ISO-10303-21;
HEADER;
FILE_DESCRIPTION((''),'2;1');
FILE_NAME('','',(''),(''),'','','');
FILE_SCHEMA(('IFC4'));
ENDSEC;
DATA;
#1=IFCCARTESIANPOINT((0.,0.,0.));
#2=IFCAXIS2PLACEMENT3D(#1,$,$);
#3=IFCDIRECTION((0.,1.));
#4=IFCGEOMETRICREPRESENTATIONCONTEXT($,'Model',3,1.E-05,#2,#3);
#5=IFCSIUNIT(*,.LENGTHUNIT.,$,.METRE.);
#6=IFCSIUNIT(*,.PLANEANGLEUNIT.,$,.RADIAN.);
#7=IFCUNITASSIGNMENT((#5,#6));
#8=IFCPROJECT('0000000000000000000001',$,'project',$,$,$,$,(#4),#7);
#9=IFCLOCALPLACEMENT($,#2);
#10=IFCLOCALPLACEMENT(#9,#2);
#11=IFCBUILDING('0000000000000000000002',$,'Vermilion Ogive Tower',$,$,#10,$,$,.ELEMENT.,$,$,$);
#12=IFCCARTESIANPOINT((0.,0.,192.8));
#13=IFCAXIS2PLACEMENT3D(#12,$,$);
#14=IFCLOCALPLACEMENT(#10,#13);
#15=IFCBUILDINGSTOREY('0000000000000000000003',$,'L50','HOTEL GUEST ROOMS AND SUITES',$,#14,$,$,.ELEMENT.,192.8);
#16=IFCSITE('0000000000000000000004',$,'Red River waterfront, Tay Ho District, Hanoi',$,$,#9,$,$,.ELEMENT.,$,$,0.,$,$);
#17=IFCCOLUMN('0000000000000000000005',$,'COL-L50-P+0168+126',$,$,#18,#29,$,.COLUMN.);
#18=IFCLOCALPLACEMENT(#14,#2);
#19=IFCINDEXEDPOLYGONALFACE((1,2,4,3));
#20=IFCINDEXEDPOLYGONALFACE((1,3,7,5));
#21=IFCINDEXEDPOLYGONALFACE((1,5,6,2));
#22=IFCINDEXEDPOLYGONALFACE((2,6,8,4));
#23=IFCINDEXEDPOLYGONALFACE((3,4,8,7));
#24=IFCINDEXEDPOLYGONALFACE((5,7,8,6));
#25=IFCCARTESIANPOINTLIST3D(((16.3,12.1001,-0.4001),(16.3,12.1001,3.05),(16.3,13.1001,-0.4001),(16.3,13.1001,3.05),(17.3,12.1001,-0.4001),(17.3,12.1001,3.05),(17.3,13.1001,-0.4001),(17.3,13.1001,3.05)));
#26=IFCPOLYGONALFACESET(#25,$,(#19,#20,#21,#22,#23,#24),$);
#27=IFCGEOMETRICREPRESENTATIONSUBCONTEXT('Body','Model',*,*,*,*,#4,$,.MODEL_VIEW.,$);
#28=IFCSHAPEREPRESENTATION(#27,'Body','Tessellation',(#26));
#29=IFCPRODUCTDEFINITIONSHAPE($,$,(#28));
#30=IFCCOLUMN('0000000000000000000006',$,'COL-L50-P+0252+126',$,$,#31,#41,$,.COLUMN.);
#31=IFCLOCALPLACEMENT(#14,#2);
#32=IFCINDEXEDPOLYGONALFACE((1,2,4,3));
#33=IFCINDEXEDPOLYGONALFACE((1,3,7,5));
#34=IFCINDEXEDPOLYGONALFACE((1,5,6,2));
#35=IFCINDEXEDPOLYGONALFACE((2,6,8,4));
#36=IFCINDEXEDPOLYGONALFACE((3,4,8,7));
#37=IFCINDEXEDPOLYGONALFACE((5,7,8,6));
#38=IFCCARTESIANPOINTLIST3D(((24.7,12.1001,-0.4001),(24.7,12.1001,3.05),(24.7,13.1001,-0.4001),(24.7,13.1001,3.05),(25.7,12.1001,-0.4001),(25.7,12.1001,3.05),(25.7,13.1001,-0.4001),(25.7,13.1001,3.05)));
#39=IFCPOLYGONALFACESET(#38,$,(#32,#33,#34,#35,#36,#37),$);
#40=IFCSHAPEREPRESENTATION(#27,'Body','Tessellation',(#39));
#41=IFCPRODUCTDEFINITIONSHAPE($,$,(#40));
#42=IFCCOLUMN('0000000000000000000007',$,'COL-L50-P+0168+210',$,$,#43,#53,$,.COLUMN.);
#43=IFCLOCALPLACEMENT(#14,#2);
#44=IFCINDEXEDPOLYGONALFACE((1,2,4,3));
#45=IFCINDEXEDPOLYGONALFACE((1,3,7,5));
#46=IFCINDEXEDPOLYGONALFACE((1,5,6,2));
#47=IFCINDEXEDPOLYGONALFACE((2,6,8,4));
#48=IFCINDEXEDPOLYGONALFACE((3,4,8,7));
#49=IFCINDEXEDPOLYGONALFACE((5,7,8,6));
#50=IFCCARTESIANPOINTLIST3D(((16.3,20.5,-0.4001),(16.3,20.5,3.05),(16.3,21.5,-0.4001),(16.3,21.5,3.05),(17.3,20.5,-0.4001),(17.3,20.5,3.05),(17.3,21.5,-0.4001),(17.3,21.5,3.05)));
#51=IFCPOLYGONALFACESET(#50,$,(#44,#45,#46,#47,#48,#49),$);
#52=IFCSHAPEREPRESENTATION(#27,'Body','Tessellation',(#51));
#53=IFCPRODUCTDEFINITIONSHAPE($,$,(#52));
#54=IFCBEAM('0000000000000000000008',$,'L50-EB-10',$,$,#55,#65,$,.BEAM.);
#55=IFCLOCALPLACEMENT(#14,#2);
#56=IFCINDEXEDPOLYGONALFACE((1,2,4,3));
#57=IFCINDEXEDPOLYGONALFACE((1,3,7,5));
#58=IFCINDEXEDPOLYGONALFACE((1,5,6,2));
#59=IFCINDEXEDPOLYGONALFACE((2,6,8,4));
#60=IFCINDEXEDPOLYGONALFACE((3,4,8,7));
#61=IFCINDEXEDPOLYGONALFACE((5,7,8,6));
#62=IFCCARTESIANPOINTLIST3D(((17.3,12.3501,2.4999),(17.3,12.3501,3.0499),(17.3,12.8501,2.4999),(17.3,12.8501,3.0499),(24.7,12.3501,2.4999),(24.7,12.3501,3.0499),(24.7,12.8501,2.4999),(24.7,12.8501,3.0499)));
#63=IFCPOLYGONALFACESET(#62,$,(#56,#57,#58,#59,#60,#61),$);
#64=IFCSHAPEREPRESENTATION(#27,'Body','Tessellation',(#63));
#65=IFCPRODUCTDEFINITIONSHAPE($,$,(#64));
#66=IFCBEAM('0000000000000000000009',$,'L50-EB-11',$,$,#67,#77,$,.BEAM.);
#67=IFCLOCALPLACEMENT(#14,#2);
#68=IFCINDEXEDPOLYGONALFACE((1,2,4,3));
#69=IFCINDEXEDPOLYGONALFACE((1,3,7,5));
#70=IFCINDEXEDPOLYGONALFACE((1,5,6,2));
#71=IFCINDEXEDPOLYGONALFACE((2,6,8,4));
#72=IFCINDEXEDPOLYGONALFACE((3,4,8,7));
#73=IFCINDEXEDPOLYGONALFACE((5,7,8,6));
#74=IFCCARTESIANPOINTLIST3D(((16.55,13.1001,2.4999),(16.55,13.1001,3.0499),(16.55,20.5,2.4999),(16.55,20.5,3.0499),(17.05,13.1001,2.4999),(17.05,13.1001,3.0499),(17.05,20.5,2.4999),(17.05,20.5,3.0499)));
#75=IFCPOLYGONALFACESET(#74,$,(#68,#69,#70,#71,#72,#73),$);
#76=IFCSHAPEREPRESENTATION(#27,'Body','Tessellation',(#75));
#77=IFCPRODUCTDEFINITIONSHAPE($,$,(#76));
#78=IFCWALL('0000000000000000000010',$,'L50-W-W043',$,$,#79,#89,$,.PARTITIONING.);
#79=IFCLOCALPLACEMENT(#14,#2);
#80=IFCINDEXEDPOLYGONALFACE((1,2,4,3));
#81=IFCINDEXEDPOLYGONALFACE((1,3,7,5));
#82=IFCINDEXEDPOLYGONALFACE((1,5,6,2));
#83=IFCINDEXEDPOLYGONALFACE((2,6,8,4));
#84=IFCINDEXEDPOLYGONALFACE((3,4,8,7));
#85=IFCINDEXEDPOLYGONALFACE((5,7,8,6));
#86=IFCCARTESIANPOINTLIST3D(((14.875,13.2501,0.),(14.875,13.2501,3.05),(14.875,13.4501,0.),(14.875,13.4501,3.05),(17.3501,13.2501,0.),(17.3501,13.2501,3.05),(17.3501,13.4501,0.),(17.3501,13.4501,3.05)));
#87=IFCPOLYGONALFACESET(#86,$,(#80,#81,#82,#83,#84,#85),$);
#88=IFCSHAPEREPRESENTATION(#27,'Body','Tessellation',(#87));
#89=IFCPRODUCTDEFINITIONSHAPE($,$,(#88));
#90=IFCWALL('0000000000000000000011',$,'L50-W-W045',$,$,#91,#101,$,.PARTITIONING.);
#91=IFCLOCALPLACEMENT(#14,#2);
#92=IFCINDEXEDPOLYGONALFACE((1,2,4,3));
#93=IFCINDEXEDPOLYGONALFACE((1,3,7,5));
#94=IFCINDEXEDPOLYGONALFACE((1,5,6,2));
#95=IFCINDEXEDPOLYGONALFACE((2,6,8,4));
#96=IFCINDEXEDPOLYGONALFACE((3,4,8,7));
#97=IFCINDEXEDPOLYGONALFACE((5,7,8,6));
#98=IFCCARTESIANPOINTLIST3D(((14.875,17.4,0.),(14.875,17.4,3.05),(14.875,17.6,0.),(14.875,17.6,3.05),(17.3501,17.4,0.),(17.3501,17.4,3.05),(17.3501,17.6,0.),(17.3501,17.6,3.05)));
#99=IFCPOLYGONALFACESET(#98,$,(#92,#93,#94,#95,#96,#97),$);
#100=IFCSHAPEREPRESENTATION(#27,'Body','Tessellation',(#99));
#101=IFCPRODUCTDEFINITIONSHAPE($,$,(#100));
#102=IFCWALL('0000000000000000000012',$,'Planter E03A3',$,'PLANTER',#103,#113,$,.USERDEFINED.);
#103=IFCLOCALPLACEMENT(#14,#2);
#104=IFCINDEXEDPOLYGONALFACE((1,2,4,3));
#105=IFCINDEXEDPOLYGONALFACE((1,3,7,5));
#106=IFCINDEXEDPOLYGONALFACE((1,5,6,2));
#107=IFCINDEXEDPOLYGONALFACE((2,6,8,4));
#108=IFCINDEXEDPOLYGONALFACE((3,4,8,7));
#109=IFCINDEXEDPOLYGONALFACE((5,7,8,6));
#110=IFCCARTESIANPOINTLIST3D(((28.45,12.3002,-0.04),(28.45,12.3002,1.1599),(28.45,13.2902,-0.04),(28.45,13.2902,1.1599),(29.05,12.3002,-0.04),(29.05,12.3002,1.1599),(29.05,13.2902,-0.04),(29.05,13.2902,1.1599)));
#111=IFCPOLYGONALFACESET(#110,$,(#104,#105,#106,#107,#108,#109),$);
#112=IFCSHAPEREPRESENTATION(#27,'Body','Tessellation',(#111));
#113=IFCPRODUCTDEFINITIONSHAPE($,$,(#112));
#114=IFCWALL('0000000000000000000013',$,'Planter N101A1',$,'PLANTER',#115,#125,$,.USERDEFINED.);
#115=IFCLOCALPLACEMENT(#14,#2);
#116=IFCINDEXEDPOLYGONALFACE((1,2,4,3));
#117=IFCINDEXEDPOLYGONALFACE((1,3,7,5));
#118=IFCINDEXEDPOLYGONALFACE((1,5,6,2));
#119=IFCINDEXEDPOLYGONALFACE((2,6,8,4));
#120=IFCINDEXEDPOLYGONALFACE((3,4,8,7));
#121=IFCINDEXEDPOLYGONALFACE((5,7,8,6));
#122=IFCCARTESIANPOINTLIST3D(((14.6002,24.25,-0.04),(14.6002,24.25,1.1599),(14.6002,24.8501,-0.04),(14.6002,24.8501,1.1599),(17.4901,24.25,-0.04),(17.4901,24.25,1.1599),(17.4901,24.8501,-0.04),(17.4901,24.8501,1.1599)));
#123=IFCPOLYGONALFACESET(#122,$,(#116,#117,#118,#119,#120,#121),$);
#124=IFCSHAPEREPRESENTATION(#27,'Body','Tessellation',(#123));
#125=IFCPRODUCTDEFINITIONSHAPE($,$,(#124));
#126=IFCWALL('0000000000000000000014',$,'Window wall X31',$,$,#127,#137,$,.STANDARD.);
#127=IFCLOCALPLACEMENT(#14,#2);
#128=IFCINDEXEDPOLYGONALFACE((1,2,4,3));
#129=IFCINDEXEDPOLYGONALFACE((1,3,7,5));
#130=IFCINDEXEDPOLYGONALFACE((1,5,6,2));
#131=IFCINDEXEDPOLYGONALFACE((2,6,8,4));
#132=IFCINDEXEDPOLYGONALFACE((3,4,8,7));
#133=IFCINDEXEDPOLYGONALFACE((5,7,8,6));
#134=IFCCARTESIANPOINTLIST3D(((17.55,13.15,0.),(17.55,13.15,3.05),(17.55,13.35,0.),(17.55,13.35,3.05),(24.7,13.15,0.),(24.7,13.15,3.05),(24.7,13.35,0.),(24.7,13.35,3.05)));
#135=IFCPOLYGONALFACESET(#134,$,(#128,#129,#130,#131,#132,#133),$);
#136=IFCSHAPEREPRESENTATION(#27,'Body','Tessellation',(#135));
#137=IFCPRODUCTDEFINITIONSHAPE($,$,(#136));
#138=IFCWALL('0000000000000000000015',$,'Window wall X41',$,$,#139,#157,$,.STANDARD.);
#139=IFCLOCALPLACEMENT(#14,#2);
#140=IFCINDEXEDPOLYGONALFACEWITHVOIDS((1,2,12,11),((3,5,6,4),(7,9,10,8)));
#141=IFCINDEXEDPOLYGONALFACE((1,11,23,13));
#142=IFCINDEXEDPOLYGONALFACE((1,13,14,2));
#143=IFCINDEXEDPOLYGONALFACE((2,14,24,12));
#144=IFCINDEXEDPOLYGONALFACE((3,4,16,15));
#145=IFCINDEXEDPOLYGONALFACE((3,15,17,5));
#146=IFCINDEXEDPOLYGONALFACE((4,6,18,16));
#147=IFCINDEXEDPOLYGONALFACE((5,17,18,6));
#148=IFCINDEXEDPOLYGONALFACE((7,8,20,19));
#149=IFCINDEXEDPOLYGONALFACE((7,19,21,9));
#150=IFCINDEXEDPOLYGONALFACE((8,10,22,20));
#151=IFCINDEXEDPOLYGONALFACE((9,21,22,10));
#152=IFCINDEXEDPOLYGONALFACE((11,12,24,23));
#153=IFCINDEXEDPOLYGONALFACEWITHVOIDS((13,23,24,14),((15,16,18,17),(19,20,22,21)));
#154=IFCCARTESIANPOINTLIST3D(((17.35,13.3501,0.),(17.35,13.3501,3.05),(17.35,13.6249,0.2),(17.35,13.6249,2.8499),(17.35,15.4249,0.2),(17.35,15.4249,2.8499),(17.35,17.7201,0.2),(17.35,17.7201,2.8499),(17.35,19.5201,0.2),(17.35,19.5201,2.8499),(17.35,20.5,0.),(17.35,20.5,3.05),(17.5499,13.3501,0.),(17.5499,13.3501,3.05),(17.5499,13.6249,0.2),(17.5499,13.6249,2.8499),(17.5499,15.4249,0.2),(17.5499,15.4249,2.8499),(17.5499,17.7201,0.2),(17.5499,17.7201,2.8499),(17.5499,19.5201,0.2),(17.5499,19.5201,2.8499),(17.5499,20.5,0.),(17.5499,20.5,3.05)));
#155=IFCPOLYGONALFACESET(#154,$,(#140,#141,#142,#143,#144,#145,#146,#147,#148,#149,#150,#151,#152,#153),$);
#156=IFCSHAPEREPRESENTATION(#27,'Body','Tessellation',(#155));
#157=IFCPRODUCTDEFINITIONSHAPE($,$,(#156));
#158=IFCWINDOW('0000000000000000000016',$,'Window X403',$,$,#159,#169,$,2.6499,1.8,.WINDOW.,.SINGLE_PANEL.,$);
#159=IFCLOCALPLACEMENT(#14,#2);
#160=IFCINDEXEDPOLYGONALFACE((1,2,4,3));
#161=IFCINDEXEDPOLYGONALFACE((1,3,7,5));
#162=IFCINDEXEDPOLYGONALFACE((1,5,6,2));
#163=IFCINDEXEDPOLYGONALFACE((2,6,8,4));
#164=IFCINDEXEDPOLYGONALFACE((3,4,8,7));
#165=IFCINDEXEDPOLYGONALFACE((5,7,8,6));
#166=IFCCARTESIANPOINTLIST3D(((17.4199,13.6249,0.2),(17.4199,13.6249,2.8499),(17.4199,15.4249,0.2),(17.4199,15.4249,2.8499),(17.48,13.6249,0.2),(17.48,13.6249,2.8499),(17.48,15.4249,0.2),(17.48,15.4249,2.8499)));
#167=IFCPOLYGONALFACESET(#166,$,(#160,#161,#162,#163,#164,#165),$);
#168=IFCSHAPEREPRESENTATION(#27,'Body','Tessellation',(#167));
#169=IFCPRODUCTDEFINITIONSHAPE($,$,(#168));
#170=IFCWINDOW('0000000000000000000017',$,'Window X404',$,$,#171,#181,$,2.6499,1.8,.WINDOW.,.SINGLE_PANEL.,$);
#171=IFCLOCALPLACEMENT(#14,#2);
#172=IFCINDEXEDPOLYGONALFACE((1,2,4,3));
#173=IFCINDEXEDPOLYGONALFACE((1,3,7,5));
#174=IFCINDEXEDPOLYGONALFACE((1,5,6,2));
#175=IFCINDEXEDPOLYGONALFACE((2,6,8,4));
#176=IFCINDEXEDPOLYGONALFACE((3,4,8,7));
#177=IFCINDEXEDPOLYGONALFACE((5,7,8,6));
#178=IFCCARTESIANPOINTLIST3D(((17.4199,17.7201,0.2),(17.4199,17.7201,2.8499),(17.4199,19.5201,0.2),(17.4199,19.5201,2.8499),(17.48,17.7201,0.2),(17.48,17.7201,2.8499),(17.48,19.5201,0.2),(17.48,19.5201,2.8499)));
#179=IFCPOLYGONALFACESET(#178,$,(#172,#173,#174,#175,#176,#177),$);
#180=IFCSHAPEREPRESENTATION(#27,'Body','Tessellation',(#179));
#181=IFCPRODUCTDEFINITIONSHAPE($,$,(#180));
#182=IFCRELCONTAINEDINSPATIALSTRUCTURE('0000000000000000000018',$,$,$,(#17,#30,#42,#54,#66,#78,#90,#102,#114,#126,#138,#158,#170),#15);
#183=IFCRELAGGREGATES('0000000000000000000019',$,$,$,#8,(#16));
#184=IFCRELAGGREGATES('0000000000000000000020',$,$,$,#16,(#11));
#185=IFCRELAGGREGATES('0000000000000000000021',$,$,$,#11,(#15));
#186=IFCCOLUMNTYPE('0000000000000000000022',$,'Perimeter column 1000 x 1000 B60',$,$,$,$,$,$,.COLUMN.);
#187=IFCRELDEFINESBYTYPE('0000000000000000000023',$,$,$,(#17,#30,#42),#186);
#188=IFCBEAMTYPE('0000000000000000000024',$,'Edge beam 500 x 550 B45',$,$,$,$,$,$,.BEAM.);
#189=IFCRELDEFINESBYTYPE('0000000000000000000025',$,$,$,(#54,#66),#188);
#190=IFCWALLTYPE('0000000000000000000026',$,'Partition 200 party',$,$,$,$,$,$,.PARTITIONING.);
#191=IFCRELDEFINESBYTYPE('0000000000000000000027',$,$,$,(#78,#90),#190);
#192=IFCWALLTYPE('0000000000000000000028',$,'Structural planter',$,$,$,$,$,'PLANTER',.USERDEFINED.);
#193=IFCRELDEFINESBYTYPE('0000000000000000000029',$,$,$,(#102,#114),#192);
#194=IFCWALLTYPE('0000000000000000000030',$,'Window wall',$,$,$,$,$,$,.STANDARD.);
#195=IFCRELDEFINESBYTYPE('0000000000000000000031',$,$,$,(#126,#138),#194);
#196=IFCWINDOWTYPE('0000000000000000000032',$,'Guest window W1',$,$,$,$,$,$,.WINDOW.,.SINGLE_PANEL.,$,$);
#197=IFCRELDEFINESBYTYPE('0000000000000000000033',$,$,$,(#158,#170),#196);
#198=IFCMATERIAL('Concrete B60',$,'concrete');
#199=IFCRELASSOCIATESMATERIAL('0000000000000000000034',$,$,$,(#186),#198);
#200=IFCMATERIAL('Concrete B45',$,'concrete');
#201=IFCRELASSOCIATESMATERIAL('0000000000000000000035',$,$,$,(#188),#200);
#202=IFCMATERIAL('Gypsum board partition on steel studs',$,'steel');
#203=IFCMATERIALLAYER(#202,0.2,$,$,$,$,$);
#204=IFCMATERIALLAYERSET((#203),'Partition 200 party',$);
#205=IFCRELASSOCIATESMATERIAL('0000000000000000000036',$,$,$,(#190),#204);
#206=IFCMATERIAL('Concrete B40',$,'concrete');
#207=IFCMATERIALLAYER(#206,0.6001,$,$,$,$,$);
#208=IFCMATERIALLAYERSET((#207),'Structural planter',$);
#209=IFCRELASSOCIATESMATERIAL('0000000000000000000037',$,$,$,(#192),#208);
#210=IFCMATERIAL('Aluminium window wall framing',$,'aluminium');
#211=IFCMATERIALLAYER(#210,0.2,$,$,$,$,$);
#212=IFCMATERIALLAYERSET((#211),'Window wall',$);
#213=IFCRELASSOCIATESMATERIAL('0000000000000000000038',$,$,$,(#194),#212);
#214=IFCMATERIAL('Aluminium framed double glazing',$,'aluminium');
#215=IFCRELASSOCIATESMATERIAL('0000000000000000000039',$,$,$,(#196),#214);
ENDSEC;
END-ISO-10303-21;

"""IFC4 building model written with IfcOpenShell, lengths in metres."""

from ifc_helpers import new_model, si_unit, direction, frame, frame_2d, origin, origin_2d, place, context, subcontext, project, spatial, rectangle, extrude, material, layer, layer_set, material_profile, profile_set, type_object, element, fill, save


model = new_model("IFC4")

# Units and contexts
model_context = context("Model", 3, precision=1e-05, world=origin(), true_north=direction((0.0, 1.0)))
body_context = subcontext(model_context, "Body", "Model", "MODEL_VIEW")
ifc_project = project(units=[si_unit("LENGTHUNIT", "METRE"), si_unit("PLANEANGLEUNIT", "RADIAN")], contexts=[model_context])

# Site, building, storey
site_placement = place(None, origin())
site = spatial("IfcSite", under=ifc_project, at=site_placement, Name="Red River waterfront, Tay Ho District, Hanoi", CompositionType="ELEMENT", RefElevation=0.0)
building_placement = place(site_placement, origin())
building = spatial("IfcBuilding", under=site, at=building_placement, Name="Vermilion Ogive Tower", CompositionType="ELEMENT")
storey_placement = place(building_placement, frame((0.0, 0.0, 192.8)))
storey = spatial("IfcBuildingStorey", under=building, at=storey_placement, Name="L50", Description="HOTEL GUEST ROOMS AND SUITES", CompositionType="ELEMENT", Elevation=192.8)

# Columns
ifc_material_1 = material(Name="Concrete B60", Category="concrete")
ifc_material_profile_1 = material_profile(ifc_material_1, rectangle(XDim=1.0, YDim=1.0, at=origin_2d()), Name="1000 x 1000")
ifc_profile_set_1 = profile_set([ifc_material_profile_1], Name="Concrete B60")
column_type = type_object("IfcColumnType", Name="Perimeter column 1000 x 1000 B60", PredefinedType="COLUMN", material=ifc_profile_set_1)
for number, where, z_axis, x_axis, name in (
    (1, (16.8, 12.6001, -0.4001), (0.0, 0.0, 1.0), (1.0, 0.0, 0.0), "COL-L50-P+0168+126"),
    (2, (25.2, 12.6001, -0.4001), (0.0, 0.0, 1.0), (1.0, 0.0, 0.0), "COL-L50-P+0252+126"),
    (3, (16.8, 21.0, -0.4001), (0.0, 0.0, 1.0), (1.0, 0.0, 0.0), "COL-L50-P+0168+210"),
):
    element("IfcColumn", number, at=place(storey_placement, frame(where, z_axis=z_axis, x_axis=x_axis)), inside=storey, type_object=column_type, Name=name, PredefinedType="COLUMN", context=body_context, shape_type="SweptSolid", body=[
        extrude(rectangle(XDim=1.0, YDim=1.0, at=origin_2d()), origin(), (0.0, 0.0, 1.0), 3.4502),
    ])

# Beams
ifc_material_2 = material(Name="Concrete B45", Category="concrete")
ifc_material_profile_2 = material_profile(ifc_material_2, rectangle(XDim=0.5, YDim=0.55, at=origin_2d()), Name="500 x 550")
ifc_profile_set_2 = profile_set([ifc_material_profile_2], Name="Concrete B45")
beam_type = type_object("IfcBeamType", Name="Edge beam 500 x 550 B45", PredefinedType="BEAM", material=ifc_profile_set_2)
for number, where, z_axis, x_axis, name in (
    (4, (24.7, 12.6001, 2.7749), (-1.0, 0.0, 0.0), (0.0, -1.0, 0.0), "L50-EB-10"),
    (5, (16.8, 13.1001, 2.7749), (0.0, 1.0, 0.0), (-1.0, 0.0, 0.0), "L50-EB-11"),
):
    element("IfcBeam", number, at=place(storey_placement, frame(where, z_axis=z_axis, x_axis=x_axis)), inside=storey, type_object=beam_type, Name=name, PredefinedType="BEAM", context=body_context, shape_type="SweptSolid", body=[
        extrude(rectangle(XDim=0.5, YDim=0.55, at=origin_2d()), origin(), (0.0, 0.0, 1.0), 7.3999),
    ])

# Walls
ifc_material_3 = material(Name="Gypsum board partition on steel studs", Category="steel")
ifc_layer_1 = layer(ifc_material_3, 0.2)
ifc_layer_set_1 = layer_set([ifc_layer_1], Name="Partition 200 party")
wall_type_1 = type_object("IfcWallType", Name="Partition 200 party", PredefinedType="PARTITIONING", material=ifc_layer_set_1)
for number, where, z_axis, x_axis, name in (
    (6, (14.875, 13.3501, 0.0), (0.0, 0.0, 1.0), (1.0, 0.0, 0.0), "L50-W-W043"),
    (7, (14.875, 17.5, 0.0), (0.0, 0.0, 1.0), (1.0, 0.0, 0.0), "L50-W-W045"),
):
    element("IfcWall", number, at=place(storey_placement, frame(where, z_axis=z_axis, x_axis=x_axis)), inside=storey, type_object=wall_type_1, Name=name, PredefinedType="PARTITIONING", context=body_context, shape_type="SweptSolid", body=[
        extrude(rectangle(XDim=2.4751, YDim=0.2, at=frame_2d((1.2375, 0.0))), origin(), (0.0, 0.0, 1.0), 3.05),
    ])
ifc_material_4 = material(Name="Concrete B40", Category="concrete")
ifc_layer_2 = layer(ifc_material_4, 0.6001)
ifc_layer_set_2 = layer_set([ifc_layer_2], Name="Structural planter")
wall_type_2 = type_object("IfcWallType", Name="Structural planter", ElementType="PLANTER", PredefinedType="USERDEFINED", material=ifc_layer_set_2)
wall_1_placement = place(storey_placement, frame((28.75, 12.3, -0.04), z_axis=(0.0, 0.0, 1.0), x_axis=(0.0, 1.0, 0.0)))
element("IfcWall", 8, at=wall_1_placement, inside=storey, type_object=wall_type_2, Name="Planter E03A3", ObjectType="PLANTER", PredefinedType="USERDEFINED", context=body_context, shape_type="SweptSolid", body=[
    extrude(rectangle(XDim=0.99, YDim=0.6001, at=frame_2d((0.4951, 0.0))), origin(), (0.0, 0.0, 1.0), 1.2),
])
wall_2_placement = place(storey_placement, frame((17.49, 24.55, -0.04), z_axis=(0.0, 0.0, 1.0), x_axis=(-1.0, 0.0, 0.0)))
element("IfcWall", 9, at=wall_2_placement, inside=storey, type_object=wall_type_2, Name="Planter N101A1", ObjectType="PLANTER", PredefinedType="USERDEFINED", context=body_context, shape_type="SweptSolid", body=[
    extrude(rectangle(XDim=2.8899, YDim=0.6001, at=frame_2d((1.4448, 0.0))), origin(), (0.0, 0.0, 1.0), 1.2),
])
ifc_material_5 = material(Name="Aluminium window wall framing", Category="aluminium")
ifc_layer_3 = layer(ifc_material_5, 0.2)
ifc_layer_set_3 = layer_set([ifc_layer_3], Name="Window wall")
wall_type_3 = type_object("IfcWallType", Name="Window wall", PredefinedType="STANDARD", material=ifc_layer_set_3)
wall_3_placement = place(storey_placement, frame((24.7, 13.25, 0.0), z_axis=(0.0, 0.0, 1.0), x_axis=(-1.0, 0.0, 0.0)))
element("IfcWall", 10, at=wall_3_placement, inside=storey, type_object=wall_type_3, Name="Window wall X31", PredefinedType="STANDARD", context=body_context, shape_type="SweptSolid", body=[
    extrude(rectangle(XDim=7.1499, YDim=0.2, at=frame_2d((3.575, 0.0))), origin(), (0.0, 0.0, 1.0), 3.05),
])

# Wall, openings, windows
wall_4_placement = place(storey_placement, frame((17.45, 13.3501, 0.0), z_axis=(0.0, 0.0, 1.0), x_axis=(0.0, 1.0, 0.0)))
wall_4 = element("IfcWall", 11, at=wall_4_placement, inside=storey, type_object=wall_type_3, Name="Window wall X41", PredefinedType="STANDARD", context=body_context, shape_type="SweptSolid", body=[
    extrude(rectangle(XDim=7.1499, YDim=0.2, at=frame_2d((3.575, 0.0))), origin(), (0.0, 0.0, 1.0), 3.05),
])
opening_1_placement = place(wall_4_placement, frame((0.2749, 0.0, 0.2)))
opening_1 = element("IfcOpeningElement", 12, at=opening_1_placement, cuts=wall_4, PredefinedType="OPENING", context=body_context, shape_type="SweptSolid", body=[
    extrude(rectangle(XDim=1.8, YDim=2.6499, at=frame_2d((0.8999, 1.325))), frame((0.0, 0.1099, 0.0), z_axis=(0.0, -1.0, 0.0), x_axis=(1.0, 0.0, 0.0)), (0.0, 0.0, 1.0), 0.22),
])
opening_2_placement = place(wall_4_placement, frame((4.3701, 0.0, 0.2)))
opening_2 = element("IfcOpeningElement", 13, at=opening_2_placement, cuts=wall_4, PredefinedType="OPENING", context=body_context, shape_type="SweptSolid", body=[
    extrude(rectangle(XDim=1.8, YDim=2.6499, at=frame_2d((0.8999, 1.325))), frame((0.0, 0.1099, 0.0), z_axis=(0.0, -1.0, 0.0), x_axis=(1.0, 0.0, 0.0)), (0.0, 0.0, 1.0), 0.22),
])
ifc_material_6 = material(Name="Aluminium framed double glazing", Category="aluminium")
window_type = type_object("IfcWindowType", Name="Guest window W1", PartitioningType="SINGLE_PANEL", PredefinedType="WINDOW", material=ifc_material_6)
window_1_placement = place(opening_1_placement, origin())
window_1 = element("IfcWindow", 14, at=window_1_placement, inside=storey, type_object=window_type, Name="Window X403", OverallHeight=2.6499, OverallWidth=1.8, PartitioningType="SINGLE_PANEL", PredefinedType="WINDOW", context=body_context, shape_type="SweptSolid", body=[
    extrude(rectangle(XDim=1.8, YDim=2.6499, at=frame_2d((0.8999, 1.325))), frame((0.0, 0.03, 0.0), z_axis=(0.0, -1.0, 0.0), x_axis=(1.0, 0.0, 0.0)), (0.0, 0.0, 1.0), 0.0601),
])
fill(opening_1, window_1)
window_2_placement = place(opening_2_placement, origin())
window_2 = element("IfcWindow", 15, at=window_2_placement, inside=storey, type_object=window_type, Name="Window X404", OverallHeight=2.6499, OverallWidth=1.8, PartitioningType="SINGLE_PANEL", PredefinedType="WINDOW", context=body_context, shape_type="SweptSolid", body=[
    extrude(rectangle(XDim=1.8, YDim=2.6499, at=frame_2d((0.8999, 1.325))), frame((0.0, 0.03, 0.0), z_axis=(0.0, -1.0, 0.0), x_axis=(1.0, 0.0, 0.0)), (0.0, 0.0, 1.0), 0.0601),
])
fill(opening_2, window_2)

save(model, "model.ifc")
